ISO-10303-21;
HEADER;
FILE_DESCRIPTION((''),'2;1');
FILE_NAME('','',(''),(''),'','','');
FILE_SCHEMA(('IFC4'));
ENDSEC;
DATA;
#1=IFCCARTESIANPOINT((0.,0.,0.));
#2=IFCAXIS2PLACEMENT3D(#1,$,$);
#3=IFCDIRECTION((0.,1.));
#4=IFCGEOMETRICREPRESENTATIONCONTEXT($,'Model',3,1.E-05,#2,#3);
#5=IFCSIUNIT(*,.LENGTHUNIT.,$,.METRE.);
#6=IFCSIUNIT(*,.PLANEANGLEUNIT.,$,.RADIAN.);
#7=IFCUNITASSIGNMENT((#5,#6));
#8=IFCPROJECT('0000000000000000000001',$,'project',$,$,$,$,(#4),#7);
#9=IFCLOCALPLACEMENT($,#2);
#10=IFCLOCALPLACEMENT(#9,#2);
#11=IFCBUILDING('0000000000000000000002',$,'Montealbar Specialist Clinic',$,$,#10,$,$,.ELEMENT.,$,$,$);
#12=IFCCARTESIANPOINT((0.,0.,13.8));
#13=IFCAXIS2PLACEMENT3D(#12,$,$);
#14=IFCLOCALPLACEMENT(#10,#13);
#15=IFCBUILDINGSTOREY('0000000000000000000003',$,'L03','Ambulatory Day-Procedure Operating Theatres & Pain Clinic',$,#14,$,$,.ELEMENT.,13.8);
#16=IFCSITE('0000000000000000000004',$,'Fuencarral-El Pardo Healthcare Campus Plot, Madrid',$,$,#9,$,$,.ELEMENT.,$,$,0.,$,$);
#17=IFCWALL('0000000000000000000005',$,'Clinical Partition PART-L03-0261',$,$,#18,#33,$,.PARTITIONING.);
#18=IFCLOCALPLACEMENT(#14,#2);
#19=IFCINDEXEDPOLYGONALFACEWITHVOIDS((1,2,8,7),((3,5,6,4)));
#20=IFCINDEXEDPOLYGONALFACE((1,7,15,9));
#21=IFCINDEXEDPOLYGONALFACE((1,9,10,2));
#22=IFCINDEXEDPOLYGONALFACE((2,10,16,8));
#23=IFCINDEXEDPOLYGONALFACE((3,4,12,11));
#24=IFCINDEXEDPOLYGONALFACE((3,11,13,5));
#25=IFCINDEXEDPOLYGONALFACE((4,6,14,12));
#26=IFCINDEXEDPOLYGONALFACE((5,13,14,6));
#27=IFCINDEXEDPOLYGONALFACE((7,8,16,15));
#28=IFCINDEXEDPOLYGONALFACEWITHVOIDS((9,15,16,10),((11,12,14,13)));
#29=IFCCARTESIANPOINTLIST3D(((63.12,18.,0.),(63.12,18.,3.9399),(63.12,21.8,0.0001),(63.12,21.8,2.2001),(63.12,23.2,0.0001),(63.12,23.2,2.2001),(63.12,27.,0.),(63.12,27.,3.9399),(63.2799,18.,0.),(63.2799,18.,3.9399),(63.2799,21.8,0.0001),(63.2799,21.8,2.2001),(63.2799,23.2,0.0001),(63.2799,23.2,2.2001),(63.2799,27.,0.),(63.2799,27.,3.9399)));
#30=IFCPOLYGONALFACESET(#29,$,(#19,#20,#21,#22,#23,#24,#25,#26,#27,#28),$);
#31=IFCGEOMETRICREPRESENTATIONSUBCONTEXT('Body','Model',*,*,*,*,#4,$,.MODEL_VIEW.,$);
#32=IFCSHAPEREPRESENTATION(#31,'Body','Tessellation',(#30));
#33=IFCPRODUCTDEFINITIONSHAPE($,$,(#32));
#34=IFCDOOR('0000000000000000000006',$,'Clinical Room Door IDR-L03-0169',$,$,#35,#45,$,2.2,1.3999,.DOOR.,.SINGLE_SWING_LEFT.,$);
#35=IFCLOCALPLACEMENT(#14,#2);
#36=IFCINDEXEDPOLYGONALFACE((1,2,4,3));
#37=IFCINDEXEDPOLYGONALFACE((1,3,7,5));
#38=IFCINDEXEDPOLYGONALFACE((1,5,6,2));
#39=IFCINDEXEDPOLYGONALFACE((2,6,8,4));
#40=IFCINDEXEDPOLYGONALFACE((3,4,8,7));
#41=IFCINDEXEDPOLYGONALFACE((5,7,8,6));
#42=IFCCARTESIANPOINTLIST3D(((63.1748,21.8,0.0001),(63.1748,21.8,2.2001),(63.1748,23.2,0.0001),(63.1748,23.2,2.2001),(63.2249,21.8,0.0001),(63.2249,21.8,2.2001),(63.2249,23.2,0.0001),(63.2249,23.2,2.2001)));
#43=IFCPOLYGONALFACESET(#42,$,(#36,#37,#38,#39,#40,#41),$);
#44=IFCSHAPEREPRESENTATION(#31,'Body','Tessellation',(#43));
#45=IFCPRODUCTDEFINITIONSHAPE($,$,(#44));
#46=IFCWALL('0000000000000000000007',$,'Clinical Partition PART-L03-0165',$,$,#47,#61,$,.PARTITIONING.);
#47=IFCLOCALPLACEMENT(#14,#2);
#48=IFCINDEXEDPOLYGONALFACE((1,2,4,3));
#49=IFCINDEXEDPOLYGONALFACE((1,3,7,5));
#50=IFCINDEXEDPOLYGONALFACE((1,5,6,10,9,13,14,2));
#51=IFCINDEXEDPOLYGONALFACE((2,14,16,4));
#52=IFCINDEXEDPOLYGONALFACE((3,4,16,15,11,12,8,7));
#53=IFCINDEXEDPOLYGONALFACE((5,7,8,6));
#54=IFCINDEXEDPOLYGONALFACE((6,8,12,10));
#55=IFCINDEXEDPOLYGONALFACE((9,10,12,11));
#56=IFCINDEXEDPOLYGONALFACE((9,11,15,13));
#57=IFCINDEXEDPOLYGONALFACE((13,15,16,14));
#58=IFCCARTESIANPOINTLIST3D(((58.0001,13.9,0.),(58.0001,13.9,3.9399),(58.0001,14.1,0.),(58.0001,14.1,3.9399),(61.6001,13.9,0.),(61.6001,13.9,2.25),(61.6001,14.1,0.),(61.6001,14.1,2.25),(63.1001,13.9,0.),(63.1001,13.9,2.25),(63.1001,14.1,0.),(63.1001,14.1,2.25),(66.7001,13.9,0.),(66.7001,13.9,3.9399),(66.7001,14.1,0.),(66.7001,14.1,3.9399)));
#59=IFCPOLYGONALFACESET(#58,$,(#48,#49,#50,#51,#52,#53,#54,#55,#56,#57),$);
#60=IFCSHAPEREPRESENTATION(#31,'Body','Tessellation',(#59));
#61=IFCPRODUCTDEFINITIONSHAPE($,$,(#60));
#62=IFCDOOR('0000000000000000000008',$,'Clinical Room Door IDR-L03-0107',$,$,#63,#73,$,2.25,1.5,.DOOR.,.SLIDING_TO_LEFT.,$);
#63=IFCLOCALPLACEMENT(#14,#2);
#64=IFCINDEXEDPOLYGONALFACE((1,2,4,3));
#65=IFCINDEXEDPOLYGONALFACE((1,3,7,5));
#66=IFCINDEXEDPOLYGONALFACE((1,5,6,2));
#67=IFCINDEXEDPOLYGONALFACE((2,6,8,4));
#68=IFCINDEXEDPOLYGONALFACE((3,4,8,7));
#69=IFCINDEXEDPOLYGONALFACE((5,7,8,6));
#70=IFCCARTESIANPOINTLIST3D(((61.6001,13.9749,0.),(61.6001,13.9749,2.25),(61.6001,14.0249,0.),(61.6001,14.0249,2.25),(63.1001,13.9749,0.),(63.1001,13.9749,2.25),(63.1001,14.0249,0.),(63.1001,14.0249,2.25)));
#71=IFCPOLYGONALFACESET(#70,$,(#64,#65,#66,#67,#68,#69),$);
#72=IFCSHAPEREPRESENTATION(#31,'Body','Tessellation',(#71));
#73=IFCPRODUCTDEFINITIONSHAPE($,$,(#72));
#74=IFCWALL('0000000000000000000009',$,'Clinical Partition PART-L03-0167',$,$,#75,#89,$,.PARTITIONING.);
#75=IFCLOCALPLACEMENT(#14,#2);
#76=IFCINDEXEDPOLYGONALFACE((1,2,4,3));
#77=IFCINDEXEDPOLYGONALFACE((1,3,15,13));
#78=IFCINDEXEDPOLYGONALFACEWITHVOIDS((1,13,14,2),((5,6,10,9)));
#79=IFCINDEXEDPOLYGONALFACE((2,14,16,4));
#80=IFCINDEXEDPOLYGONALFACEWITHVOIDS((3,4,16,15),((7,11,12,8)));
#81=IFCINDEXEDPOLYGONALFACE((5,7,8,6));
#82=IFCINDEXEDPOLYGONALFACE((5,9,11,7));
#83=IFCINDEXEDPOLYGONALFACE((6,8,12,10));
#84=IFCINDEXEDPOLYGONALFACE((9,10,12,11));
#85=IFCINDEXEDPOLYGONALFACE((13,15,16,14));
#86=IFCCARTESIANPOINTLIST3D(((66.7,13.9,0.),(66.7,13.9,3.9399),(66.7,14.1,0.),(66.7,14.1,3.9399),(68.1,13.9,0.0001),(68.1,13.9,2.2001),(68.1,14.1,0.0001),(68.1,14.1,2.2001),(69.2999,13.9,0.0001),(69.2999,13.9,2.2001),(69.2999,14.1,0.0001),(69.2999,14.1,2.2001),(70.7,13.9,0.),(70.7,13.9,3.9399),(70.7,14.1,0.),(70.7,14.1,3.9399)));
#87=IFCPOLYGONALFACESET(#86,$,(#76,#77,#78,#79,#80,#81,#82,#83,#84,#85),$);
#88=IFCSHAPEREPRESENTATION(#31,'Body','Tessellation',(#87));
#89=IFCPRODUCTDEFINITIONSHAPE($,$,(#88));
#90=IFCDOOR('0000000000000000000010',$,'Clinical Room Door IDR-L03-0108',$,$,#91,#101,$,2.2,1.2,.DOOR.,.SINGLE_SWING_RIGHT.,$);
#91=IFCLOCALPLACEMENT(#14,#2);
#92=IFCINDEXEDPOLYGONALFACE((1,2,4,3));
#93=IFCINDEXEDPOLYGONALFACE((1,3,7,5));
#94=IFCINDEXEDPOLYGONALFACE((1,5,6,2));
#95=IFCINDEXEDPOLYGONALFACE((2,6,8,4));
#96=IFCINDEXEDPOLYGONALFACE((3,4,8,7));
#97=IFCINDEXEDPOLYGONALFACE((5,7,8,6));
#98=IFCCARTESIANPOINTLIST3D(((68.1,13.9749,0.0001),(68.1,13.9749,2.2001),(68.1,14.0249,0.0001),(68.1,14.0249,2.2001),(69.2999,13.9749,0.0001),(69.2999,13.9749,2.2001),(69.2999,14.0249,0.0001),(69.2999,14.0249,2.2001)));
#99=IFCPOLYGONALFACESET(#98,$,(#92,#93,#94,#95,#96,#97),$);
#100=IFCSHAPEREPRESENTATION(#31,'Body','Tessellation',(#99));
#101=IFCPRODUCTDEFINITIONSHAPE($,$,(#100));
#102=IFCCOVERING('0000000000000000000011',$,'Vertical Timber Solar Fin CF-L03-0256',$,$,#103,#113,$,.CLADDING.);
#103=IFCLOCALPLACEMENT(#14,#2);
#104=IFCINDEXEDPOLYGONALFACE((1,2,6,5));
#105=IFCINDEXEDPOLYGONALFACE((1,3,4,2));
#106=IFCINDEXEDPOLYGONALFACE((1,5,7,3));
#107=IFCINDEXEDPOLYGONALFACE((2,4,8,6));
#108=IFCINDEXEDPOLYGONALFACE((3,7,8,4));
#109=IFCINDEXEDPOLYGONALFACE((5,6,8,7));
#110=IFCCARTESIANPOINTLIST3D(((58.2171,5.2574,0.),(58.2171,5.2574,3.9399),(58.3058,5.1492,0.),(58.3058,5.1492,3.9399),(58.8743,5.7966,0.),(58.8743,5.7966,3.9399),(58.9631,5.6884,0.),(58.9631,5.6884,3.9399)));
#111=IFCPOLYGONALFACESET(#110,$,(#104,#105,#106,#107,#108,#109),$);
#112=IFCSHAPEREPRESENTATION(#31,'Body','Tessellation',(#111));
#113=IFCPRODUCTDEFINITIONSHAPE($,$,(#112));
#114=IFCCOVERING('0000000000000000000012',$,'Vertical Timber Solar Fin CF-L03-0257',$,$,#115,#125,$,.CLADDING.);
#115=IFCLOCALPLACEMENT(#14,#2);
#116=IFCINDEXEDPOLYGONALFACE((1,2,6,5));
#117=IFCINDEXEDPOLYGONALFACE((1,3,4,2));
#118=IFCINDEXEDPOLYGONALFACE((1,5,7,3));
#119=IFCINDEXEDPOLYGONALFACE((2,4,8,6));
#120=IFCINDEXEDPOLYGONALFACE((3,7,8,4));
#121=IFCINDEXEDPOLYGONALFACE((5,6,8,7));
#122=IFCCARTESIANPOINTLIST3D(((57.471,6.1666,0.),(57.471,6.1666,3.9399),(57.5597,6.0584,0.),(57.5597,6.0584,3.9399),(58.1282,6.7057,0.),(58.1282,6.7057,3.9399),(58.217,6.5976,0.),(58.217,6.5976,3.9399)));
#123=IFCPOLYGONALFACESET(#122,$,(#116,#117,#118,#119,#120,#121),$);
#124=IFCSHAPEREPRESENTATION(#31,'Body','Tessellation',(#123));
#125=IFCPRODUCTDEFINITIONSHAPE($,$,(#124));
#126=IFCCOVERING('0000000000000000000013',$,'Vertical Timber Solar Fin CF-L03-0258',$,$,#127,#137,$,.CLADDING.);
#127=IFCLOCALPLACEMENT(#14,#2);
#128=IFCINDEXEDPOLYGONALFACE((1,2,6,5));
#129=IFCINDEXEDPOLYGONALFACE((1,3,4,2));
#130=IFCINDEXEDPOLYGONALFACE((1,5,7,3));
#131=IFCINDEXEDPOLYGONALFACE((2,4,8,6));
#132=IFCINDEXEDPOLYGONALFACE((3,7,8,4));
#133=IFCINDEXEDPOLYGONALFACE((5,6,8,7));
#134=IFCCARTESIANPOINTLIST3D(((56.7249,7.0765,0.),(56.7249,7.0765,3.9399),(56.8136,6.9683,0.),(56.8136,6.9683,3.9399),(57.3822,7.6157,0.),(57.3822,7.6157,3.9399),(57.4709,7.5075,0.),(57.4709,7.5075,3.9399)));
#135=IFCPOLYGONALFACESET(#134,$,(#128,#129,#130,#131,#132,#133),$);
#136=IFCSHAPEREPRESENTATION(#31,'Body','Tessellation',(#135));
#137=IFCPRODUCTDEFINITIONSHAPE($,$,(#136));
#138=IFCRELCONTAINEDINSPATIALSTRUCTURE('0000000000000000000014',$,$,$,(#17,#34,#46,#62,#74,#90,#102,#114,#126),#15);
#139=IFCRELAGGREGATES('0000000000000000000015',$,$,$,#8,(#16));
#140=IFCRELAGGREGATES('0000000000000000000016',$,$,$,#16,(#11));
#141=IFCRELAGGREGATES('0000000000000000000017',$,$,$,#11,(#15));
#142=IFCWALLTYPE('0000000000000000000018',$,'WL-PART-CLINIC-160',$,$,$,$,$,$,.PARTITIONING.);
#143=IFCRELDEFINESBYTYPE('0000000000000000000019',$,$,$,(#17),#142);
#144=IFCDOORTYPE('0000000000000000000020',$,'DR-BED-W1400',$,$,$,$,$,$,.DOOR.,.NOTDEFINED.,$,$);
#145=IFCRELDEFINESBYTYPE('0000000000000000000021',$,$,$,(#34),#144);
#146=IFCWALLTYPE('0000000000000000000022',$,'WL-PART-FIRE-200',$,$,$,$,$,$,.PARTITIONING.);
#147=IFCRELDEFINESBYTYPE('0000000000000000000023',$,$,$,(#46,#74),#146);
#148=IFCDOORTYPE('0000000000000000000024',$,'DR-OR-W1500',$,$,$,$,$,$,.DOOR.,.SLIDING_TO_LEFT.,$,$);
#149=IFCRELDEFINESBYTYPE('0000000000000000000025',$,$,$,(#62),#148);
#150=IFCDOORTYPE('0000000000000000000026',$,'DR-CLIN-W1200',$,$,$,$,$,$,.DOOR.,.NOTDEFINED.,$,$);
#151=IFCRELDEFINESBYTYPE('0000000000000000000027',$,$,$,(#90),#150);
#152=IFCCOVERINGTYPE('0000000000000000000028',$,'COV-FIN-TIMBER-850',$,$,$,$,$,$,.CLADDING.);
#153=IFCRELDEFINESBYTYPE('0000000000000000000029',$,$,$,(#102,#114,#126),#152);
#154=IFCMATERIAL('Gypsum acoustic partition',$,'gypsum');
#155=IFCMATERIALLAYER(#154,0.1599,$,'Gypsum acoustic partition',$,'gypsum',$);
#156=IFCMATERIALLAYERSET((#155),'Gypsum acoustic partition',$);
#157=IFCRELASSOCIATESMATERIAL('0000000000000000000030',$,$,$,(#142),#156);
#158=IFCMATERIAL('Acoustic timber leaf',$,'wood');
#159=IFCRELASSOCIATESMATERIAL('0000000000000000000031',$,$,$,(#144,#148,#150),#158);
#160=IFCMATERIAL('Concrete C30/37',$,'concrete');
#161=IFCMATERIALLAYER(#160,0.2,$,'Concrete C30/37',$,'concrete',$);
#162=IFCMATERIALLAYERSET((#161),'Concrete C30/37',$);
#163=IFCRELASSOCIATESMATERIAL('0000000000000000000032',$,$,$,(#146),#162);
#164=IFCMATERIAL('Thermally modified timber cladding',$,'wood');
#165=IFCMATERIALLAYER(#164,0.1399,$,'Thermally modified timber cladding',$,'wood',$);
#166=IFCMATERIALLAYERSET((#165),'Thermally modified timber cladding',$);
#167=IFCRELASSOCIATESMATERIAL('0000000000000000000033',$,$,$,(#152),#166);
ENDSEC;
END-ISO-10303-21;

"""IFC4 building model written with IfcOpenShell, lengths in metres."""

from ifc_helpers import new_model, si_unit, direction, frame, frame_2d, origin, origin_2d, place, context, subcontext, project, spatial, rectangle, extrude, material, layer, layer_set, type_object, element, fill, save


model = new_model("IFC4")

# Units and contexts
model_context = context("Model", 3, precision=1e-05, world=origin(), true_north=direction((0.0, 1.0)))
body_context = subcontext(model_context, "Body", "Model", "MODEL_VIEW")
ifc_project = project(units=[si_unit("LENGTHUNIT", "METRE"), si_unit("PLANEANGLEUNIT", "RADIAN")], contexts=[model_context])

# Site, building, storey
site_placement = place(None, origin())
site = spatial("IfcSite", under=ifc_project, at=site_placement, Name="Fuencarral-El Pardo Healthcare Campus Plot, Madrid", CompositionType="ELEMENT", RefElevation=0.0)
building_placement = place(site_placement, origin())
building = spatial("IfcBuilding", under=site, at=building_placement, Name="Montealbar Specialist Clinic", CompositionType="ELEMENT")
storey_placement = place(building_placement, frame((0.0, 0.0, 13.8)))
storey = spatial("IfcBuildingStorey", under=building, at=storey_placement, Name="L03", Description="Ambulatory Day-Procedure Operating Theatres & Pain Clinic", CompositionType="ELEMENT", Elevation=13.8)

# Walls, openings, doors
ifc_material_1 = material(Name="Gypsum acoustic partition", Category="gypsum")
ifc_layer_1 = layer(ifc_material_1, 0.1599, Name="Gypsum acoustic partition", Category="gypsum")
ifc_layer_set_1 = layer_set([ifc_layer_1], Name="Gypsum acoustic partition")
wall_type_1 = type_object("IfcWallType", Name="WL-PART-CLINIC-160", PredefinedType="PARTITIONING", material=ifc_layer_set_1)
wall_1_placement = place(storey_placement, frame((63.2, 18.0, 0.0), z_axis=(0.0, 0.0, 1.0), x_axis=(0.0, 1.0, 0.0)))
wall_1 = element("IfcWall", 1, at=wall_1_placement, inside=storey, type_object=wall_type_1, Name="Clinical Partition PART-L03-0261", PredefinedType="PARTITIONING", context=body_context, shape_type="SweptSolid", body=[
    extrude(rectangle(XDim=9.0, YDim=0.1599, at=frame_2d((4.5, 0.0))), origin(), (0.0, 0.0, 1.0), 3.9399),
])
opening_1_placement = place(wall_1_placement, frame((3.8, 0.0, 0.0)))
opening_1 = element("IfcOpeningElement", 2, at=opening_1_placement, cuts=wall_1, PredefinedType="OPENING", context=body_context, shape_type="SweptSolid", body=[
    extrude(rectangle(XDim=1.3999, YDim=2.2, at=frame_2d((0.7, 1.1001))), frame((0.0, 0.0898, 0.0), z_axis=(0.0, -1.0, 0.0), x_axis=(1.0, 0.0, 0.0)), (0.0, 0.0, 1.0), 0.1799),
])
ifc_material_2 = material(Name="Acoustic timber leaf", Category="wood")
door_type_1 = type_object("IfcDoorType", Name="DR-BED-W1400", OperationType="NOTDEFINED", PredefinedType="DOOR", material=ifc_material_2)
door_1_placement = place(opening_1_placement, frame((1.3999, 0.0, 0.0), z_axis=(0.0, 0.0, 1.0), x_axis=(-1.0, 0.0, 0.0)))
door_1 = element("IfcDoor", 3, at=door_1_placement, inside=storey, type_object=door_type_1, Name="Clinical Room Door IDR-L03-0169", OperationType="SINGLE_SWING_LEFT", OverallHeight=2.2, OverallWidth=1.3999, PredefinedType="DOOR", context=body_context, shape_type="SweptSolid", body=[
    extrude(rectangle(XDim=1.3999, YDim=2.2, at=frame_2d((0.7, 1.1001))), frame((0.0, 0.0249, 0.0), z_axis=(0.0, -1.0, 0.0), x_axis=(1.0, 0.0, 0.0)), (0.0, 0.0, 1.0), 0.05),
])
fill(opening_1, door_1)
ifc_material_3 = material(Name="Concrete C30/37", Category="concrete")
ifc_layer_2 = layer(ifc_material_3, 0.2, Name="Concrete C30/37", Category="concrete")
ifc_layer_set_2 = layer_set([ifc_layer_2], Name="Concrete C30/37")
wall_type_2 = type_object("IfcWallType", Name="WL-PART-FIRE-200", PredefinedType="PARTITIONING", material=ifc_layer_set_2)
wall_2_placement = place(storey_placement, frame((58.0, 14.0, 0.0), z_axis=(0.0, 0.0, 1.0), x_axis=(1.0, 0.0, 0.0)))
wall_2 = element("IfcWall", 4, at=wall_2_placement, inside=storey, type_object=wall_type_2, Name="Clinical Partition PART-L03-0165", PredefinedType="PARTITIONING", context=body_context, shape_type="SweptSolid", body=[
    extrude(rectangle(XDim=8.7, YDim=0.2, at=frame_2d((4.3501, 0.0))), origin(), (0.0, 0.0, 1.0), 3.9399),
])
opening_2_placement = place(wall_2_placement, frame((3.6001, 0.0, 0.0)))
opening_2 = element("IfcOpeningElement", 5, at=opening_2_placement, cuts=wall_2, PredefinedType="OPENING", context=body_context, shape_type="SweptSolid", body=[
    extrude(rectangle(XDim=1.5, YDim=2.25, at=frame_2d((0.75, 1.125))), frame((0.0, 0.1099, 0.0), z_axis=(0.0, -1.0, 0.0), x_axis=(1.0, 0.0, 0.0)), (0.0, 0.0, 1.0), 0.22),
])
door_type_2 = type_object("IfcDoorType", Name="DR-OR-W1500", OperationType="SLIDING_TO_LEFT", PredefinedType="DOOR", material=ifc_material_2)
door_2_placement = place(opening_2_placement, origin())
door_2 = element("IfcDoor", 6, at=door_2_placement, inside=storey, type_object=door_type_2, Name="Clinical Room Door IDR-L03-0107", OperationType="SLIDING_TO_LEFT", OverallHeight=2.25, OverallWidth=1.5, PredefinedType="DOOR", context=body_context, shape_type="SweptSolid", body=[
    extrude(rectangle(XDim=1.5, YDim=2.25, at=frame_2d((0.75, 1.125))), frame((0.0, 0.0249, 0.0), z_axis=(0.0, -1.0, 0.0), x_axis=(1.0, 0.0, 0.0)), (0.0, 0.0, 1.0), 0.05),
])
fill(opening_2, door_2)
wall_3_placement = place(storey_placement, frame((66.7, 14.0, 0.0), z_axis=(0.0, 0.0, 1.0), x_axis=(1.0, 0.0, 0.0)))
wall_3 = element("IfcWall", 7, at=wall_3_placement, inside=storey, type_object=wall_type_2, Name="Clinical Partition PART-L03-0167", PredefinedType="PARTITIONING", context=body_context, shape_type="SweptSolid", body=[
    extrude(rectangle(XDim=4.0, YDim=0.2, at=frame_2d((2.0, 0.0))), origin(), (0.0, 0.0, 1.0), 3.9399),
])
opening_3_placement = place(wall_3_placement, frame((1.3999, 0.0, 0.0)))
opening_3 = element("IfcOpeningElement", 8, at=opening_3_placement, cuts=wall_3, PredefinedType="OPENING", context=body_context, shape_type="SweptSolid", body=[
    extrude(rectangle(XDim=1.2, YDim=2.2, at=frame_2d((0.6001, 1.1001))), frame((0.0, 0.1099, 0.0), z_axis=(0.0, -1.0, 0.0), x_axis=(1.0, 0.0, 0.0)), (0.0, 0.0, 1.0), 0.22),
])
door_type_3 = type_object("IfcDoorType", Name="DR-CLIN-W1200", OperationType="NOTDEFINED", PredefinedType="DOOR", material=ifc_material_2)
door_3_placement = place(opening_3_placement, origin())
door_3 = element("IfcDoor", 9, at=door_3_placement, inside=storey, type_object=door_type_3, Name="Clinical Room Door IDR-L03-0108", OperationType="SINGLE_SWING_RIGHT", OverallHeight=2.2, OverallWidth=1.2, PredefinedType="DOOR", context=body_context, shape_type="SweptSolid", body=[
    extrude(rectangle(XDim=1.2, YDim=2.2, at=frame_2d((0.6001, 1.1001))), frame((0.0, 0.0249, 0.0), z_axis=(0.0, -1.0, 0.0), x_axis=(1.0, 0.0, 0.0)), (0.0, 0.0, 1.0), 0.05),
])
fill(opening_3, door_3)

# Coverings
ifc_material_4 = material(Name="Thermally modified timber cladding", Category="wood")
ifc_layer_3 = layer(ifc_material_4, 0.1399, Name="Thermally modified timber cladding", Category="wood")
ifc_layer_set_3 = layer_set([ifc_layer_3], Name="Thermally modified timber cladding")
covering_type = type_object("IfcCoveringType", Name="COV-FIN-TIMBER-850", PredefinedType="CLADDING", material=ifc_layer_set_3)
for number, where, z_axis, x_axis, name in (
    (10, (58.5901, 5.4729, 0.0), (0.0, 0.0, 1.0), (-0.773123, -0.634256, 0.0), "Vertical Timber Solar Fin CF-L03-0256"),
    (11, (57.844, 6.3821, 0.0), (0.0, 0.0, 1.0), (-0.773123, -0.634256, 0.0), "Vertical Timber Solar Fin CF-L03-0257"),
    (12, (57.0979, 7.292, 0.0), (0.0, 0.0, 1.0), (-0.773123, -0.634256, 0.0), "Vertical Timber Solar Fin CF-L03-0258"),
):
    element("IfcCovering", number, at=place(storey_placement, frame(where, z_axis=z_axis, x_axis=x_axis)), inside=storey, type_object=covering_type, Name=name, PredefinedType="CLADDING", context=body_context, shape_type="SweptSolid", body=[
        extrude(rectangle(XDim=0.8501, YDim=0.1399, at=origin_2d()), origin(), (0.0, 0.0, 1.0), 3.9399),
    ])

save(model, "model.ifc")
